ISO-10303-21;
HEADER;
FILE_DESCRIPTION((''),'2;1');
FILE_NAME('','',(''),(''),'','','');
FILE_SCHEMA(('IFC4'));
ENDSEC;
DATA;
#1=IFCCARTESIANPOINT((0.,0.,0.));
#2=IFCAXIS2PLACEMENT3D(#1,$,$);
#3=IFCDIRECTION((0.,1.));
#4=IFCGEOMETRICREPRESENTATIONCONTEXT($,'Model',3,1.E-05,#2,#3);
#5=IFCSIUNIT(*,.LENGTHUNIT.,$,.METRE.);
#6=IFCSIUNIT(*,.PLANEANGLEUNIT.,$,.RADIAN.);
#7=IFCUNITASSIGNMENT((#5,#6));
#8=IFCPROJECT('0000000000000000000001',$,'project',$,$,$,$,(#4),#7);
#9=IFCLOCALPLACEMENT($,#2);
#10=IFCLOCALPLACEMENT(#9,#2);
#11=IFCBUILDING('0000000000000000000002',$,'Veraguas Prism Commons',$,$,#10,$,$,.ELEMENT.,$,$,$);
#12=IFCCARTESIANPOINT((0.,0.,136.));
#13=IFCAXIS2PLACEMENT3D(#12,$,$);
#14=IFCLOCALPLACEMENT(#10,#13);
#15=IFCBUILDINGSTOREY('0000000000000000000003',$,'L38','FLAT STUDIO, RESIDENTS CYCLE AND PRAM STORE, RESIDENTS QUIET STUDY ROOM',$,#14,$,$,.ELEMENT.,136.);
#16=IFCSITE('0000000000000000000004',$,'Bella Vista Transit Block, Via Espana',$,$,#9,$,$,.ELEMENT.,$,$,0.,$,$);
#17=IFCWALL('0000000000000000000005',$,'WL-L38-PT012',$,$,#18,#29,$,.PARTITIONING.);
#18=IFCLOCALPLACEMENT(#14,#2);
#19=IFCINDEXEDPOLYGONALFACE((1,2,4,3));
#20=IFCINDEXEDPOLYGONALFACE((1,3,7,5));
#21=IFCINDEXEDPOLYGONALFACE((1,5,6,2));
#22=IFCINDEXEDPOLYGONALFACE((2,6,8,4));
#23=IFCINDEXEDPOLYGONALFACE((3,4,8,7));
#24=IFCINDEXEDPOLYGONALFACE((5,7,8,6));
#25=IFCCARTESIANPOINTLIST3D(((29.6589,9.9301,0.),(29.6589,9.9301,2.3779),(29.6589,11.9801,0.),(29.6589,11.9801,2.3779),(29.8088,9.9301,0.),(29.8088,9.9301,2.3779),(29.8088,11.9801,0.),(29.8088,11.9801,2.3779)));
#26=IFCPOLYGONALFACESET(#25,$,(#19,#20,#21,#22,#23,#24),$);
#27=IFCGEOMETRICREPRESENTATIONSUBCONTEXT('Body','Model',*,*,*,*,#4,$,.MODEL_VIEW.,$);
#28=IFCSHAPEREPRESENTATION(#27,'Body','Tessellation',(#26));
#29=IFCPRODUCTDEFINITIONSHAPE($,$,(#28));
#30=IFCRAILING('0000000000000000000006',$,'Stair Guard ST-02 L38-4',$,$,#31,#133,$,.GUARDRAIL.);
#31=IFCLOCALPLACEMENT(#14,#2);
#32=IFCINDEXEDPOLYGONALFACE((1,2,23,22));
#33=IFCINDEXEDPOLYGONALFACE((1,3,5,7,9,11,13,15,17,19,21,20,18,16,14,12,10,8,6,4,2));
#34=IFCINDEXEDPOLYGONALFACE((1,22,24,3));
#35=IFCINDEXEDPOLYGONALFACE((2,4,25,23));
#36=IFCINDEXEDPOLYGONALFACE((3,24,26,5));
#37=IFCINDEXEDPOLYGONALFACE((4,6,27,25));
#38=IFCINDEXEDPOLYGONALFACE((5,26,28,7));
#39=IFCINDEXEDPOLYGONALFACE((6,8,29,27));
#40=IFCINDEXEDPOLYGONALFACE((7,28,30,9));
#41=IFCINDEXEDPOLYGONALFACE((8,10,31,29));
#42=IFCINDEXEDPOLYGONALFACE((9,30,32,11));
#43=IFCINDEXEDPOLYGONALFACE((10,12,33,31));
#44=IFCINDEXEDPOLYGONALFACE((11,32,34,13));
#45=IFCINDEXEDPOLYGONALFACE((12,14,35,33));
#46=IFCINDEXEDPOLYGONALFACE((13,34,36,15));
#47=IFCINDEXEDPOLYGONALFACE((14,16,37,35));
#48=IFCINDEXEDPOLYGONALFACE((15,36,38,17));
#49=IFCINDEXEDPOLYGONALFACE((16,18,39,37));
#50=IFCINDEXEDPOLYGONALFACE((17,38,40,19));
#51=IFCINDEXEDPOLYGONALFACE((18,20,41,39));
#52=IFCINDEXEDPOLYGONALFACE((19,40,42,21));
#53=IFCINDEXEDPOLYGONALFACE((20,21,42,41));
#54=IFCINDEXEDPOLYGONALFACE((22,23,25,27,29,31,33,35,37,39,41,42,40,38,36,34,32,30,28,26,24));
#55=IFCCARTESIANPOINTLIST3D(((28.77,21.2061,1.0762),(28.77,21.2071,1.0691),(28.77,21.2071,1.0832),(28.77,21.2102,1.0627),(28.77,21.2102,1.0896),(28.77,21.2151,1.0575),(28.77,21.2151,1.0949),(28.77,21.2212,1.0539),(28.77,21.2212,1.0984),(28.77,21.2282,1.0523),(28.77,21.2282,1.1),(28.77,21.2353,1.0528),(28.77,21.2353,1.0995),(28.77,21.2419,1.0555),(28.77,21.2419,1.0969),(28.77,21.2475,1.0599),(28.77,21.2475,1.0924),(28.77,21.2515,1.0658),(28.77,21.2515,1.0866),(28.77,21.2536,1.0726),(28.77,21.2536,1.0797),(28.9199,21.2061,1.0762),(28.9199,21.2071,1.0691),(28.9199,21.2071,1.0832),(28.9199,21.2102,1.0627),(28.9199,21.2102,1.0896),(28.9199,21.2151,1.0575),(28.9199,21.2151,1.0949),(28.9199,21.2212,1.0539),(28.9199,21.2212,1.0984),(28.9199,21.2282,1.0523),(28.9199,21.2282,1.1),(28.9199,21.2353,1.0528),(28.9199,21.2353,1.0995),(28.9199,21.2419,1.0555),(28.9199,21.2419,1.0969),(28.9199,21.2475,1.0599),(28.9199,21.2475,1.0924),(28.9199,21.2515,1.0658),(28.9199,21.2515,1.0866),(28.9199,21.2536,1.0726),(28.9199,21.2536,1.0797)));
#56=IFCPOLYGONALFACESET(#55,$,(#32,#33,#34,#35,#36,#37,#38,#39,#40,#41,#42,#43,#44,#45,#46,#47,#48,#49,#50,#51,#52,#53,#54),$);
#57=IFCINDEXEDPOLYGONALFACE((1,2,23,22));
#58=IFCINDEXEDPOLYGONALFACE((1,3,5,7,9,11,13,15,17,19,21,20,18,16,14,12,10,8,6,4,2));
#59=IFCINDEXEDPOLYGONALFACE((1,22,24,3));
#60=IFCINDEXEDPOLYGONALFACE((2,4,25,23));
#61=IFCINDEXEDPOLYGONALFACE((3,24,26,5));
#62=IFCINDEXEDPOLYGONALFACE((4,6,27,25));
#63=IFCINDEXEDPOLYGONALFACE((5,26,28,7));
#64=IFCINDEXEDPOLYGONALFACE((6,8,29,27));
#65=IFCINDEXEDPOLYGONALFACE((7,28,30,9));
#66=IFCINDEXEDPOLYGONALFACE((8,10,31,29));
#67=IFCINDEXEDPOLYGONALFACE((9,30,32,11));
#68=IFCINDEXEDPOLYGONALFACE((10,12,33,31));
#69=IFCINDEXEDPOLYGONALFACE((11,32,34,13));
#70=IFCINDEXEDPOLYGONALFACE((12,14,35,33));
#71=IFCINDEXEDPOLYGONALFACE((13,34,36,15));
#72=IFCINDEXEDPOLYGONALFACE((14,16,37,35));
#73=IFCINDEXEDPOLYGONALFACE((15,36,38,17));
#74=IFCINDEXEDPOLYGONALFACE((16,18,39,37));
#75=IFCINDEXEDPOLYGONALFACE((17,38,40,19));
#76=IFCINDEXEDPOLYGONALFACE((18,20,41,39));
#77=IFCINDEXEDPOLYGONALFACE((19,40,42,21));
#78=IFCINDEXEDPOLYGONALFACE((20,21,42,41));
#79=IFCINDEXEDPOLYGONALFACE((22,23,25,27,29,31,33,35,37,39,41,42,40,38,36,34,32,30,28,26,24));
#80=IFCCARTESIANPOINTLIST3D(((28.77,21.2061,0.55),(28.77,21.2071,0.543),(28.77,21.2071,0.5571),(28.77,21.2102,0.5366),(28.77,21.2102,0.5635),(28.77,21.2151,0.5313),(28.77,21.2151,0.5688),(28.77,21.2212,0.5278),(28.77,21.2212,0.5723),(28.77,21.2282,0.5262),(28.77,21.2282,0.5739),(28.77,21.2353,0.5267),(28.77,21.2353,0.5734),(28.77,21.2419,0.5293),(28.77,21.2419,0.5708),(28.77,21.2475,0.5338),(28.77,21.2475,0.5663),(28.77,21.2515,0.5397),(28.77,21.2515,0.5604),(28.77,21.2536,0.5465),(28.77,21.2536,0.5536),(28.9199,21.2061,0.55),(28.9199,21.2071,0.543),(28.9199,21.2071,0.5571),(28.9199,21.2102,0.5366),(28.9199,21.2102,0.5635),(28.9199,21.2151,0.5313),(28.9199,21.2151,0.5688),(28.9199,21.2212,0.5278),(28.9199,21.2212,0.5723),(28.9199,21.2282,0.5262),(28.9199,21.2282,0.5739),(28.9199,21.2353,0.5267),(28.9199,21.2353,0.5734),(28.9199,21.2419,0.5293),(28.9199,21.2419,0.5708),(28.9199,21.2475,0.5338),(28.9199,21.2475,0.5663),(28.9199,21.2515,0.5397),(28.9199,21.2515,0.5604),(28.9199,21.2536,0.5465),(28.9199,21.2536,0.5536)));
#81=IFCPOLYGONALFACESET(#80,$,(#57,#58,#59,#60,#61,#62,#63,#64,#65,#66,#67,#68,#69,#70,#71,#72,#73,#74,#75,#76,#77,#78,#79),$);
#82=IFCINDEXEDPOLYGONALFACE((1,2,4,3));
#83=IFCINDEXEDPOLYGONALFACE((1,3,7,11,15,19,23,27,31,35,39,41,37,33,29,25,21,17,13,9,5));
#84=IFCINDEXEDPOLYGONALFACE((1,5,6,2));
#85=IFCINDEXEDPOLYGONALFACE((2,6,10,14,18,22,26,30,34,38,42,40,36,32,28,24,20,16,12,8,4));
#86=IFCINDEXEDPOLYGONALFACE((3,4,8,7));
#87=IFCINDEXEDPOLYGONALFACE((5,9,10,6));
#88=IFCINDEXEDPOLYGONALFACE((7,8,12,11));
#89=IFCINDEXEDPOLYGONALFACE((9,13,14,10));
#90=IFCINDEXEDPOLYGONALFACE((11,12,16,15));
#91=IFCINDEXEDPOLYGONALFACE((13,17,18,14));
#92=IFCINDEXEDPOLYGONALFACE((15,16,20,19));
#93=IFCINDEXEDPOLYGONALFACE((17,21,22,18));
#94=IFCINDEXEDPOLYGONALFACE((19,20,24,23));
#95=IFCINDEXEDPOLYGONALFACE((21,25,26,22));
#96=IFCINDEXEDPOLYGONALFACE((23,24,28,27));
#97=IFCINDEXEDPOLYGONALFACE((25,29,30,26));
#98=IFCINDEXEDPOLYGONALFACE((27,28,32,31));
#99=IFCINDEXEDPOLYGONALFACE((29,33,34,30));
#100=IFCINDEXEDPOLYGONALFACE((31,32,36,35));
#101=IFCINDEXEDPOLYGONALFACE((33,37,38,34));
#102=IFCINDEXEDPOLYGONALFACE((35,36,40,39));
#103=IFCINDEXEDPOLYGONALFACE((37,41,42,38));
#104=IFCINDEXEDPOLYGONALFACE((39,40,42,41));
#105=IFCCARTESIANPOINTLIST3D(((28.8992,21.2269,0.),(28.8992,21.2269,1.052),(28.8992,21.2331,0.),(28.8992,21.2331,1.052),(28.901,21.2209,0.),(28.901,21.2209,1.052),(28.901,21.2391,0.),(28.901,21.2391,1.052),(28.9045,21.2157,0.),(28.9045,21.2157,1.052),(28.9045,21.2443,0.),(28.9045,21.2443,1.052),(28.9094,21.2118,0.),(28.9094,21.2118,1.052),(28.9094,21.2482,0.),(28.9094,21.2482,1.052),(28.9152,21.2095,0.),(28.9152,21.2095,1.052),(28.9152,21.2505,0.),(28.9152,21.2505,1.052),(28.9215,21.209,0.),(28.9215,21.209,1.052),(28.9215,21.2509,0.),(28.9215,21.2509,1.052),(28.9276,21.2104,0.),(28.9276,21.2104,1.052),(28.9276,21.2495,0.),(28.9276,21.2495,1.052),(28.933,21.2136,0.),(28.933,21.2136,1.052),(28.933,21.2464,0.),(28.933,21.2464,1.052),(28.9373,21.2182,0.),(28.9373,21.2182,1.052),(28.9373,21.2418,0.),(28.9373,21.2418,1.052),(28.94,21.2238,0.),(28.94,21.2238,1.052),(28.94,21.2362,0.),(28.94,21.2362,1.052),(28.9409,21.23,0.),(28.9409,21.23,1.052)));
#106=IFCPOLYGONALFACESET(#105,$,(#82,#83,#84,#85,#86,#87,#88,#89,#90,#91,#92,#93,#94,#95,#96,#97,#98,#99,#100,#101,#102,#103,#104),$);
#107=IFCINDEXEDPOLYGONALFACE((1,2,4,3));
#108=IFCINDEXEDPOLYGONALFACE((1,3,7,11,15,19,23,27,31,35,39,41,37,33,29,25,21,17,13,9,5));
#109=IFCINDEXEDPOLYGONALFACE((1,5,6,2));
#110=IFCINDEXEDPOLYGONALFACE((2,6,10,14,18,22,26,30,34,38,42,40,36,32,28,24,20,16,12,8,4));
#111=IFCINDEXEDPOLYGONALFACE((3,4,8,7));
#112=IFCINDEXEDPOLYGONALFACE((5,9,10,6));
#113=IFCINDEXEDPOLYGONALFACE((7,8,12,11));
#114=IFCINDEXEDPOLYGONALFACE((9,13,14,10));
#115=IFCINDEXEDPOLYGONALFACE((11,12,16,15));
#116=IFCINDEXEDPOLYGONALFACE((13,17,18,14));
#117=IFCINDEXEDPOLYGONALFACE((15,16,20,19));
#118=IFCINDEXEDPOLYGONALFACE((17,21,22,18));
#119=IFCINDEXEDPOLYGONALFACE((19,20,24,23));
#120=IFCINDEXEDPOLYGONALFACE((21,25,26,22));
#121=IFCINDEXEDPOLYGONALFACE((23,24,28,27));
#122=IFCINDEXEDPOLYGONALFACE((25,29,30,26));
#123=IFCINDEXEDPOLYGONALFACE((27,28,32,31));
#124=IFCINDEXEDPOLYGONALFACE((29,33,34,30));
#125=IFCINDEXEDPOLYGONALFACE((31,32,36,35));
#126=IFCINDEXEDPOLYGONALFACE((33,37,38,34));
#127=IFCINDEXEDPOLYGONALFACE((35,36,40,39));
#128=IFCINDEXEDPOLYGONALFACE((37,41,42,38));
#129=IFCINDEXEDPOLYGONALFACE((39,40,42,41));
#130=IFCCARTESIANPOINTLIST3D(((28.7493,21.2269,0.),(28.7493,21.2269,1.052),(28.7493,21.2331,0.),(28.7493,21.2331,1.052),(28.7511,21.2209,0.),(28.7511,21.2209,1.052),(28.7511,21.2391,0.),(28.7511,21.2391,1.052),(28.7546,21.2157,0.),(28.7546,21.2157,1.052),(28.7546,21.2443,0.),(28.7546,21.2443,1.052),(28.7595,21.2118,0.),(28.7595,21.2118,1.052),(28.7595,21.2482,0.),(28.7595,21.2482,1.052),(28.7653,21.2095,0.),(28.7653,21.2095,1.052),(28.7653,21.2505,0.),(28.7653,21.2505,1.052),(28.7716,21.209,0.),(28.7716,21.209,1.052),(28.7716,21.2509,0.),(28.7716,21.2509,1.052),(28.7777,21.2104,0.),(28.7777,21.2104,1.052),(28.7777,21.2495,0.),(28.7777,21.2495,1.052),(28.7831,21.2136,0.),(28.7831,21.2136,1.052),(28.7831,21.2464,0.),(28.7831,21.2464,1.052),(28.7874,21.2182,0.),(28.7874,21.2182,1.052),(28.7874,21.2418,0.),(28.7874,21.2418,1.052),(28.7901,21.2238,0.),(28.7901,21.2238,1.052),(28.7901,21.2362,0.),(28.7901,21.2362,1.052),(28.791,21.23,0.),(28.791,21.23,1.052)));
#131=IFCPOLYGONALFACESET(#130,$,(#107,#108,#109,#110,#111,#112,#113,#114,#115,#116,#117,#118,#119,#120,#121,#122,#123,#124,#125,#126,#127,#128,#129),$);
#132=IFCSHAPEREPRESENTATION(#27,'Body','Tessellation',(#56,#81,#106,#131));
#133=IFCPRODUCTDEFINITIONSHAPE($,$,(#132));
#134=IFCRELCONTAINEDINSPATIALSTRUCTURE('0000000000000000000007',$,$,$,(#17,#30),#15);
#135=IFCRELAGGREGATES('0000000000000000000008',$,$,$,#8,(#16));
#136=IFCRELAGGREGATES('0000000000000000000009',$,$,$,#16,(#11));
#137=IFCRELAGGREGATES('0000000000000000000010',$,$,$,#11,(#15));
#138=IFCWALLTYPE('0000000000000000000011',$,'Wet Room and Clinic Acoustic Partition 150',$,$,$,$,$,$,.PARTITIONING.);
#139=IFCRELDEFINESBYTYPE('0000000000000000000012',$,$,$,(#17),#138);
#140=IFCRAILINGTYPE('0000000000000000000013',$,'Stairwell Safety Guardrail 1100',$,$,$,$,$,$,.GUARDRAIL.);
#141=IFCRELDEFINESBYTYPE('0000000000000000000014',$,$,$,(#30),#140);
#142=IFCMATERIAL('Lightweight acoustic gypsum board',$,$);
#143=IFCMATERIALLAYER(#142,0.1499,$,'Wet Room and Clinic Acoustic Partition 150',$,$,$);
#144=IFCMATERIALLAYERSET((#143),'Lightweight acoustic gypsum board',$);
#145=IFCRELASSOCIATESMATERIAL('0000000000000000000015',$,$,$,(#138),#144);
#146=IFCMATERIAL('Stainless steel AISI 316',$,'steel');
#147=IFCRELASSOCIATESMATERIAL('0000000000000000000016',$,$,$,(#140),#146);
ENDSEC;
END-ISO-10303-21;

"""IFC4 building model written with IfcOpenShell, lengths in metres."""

from ifc_helpers import new_model, si_unit, direction, frame, frame_2d, origin, origin_2d, place, context, subcontext, project, spatial, rectangle, circle, extrude, material, layer, layer_set, type_object, element, save


model = new_model("IFC4")

# Units and contexts
model_context = context("Model", 3, precision=1e-05, world=origin(), true_north=direction((0.0, 1.0)))
body_context = subcontext(model_context, "Body", "Model", "MODEL_VIEW")
ifc_project = project(units=[si_unit("LENGTHUNIT", "METRE"), si_unit("PLANEANGLEUNIT", "RADIAN")], contexts=[model_context])

# Site, building, storey
site_placement = place(None, origin())
site = spatial("IfcSite", under=ifc_project, at=site_placement, Name="Bella Vista Transit Block, Via Espana", CompositionType="ELEMENT", RefElevation=0.0)
building_placement = place(site_placement, origin())
building = spatial("IfcBuilding", under=site, at=building_placement, Name="Veraguas Prism Commons", CompositionType="ELEMENT")
storey_placement = place(building_placement, frame((0.0, 0.0, 136.0)))
storey = spatial("IfcBuildingStorey", under=building, at=storey_placement, Name="L38", Description="FLAT STUDIO, RESIDENTS CYCLE AND PRAM STORE, RESIDENTS QUIET STUDY ROOM", CompositionType="ELEMENT", Elevation=136.0)

# Shared definitions
ifc_material_1 = material(Name="Stainless steel AISI 316", Category="steel")

# Wall
ifc_material_2 = material(Name="Lightweight acoustic gypsum board")
ifc_layer_1 = layer(ifc_material_2, 0.1499, Name="Wet Room and Clinic Acoustic Partition 150")
ifc_layer_set_1 = layer_set([ifc_layer_1], Name="Lightweight acoustic gypsum board")
wall_type_1 = type_object("IfcWallType", Name="Wet Room and Clinic Acoustic Partition 150", PredefinedType="PARTITIONING", material=ifc_layer_set_1)
wall_1_placement = place(storey_placement, frame((29.7339, 11.98, 0.0), z_axis=(0.0, 0.0, 1.0), x_axis=(0.0, -1.0, 0.0)))
element("IfcWall", 1, at=wall_1_placement, inside=storey, type_object=wall_type_1, Name="WL-L38-PT012", PredefinedType="PARTITIONING", context=body_context, shape_type="SweptSolid", body=[
    extrude(rectangle(XDim=2.05, YDim=0.1499, at=frame_2d((1.0249, 0.0))), origin(), (0.0, 0.0, 1.0), 2.3779),
])

# Railing
railing_type = type_object("IfcRailingType", Name="Stairwell Safety Guardrail 1100", PredefinedType="GUARDRAIL", material=ifc_material_1)
railing_placement = place(storey_placement, frame((28.9199, 21.23, 0.0)))
element("IfcRailing", 2, at=railing_placement, inside=storey, type_object=railing_type, Name="Stair Guard ST-02 L38-4", PredefinedType="GUARDRAIL", context=body_context, shape_type="SweptSolid", body=[
    extrude(circle(Radius=0.0239, at=origin_2d()), frame((0.0, 0.0, 1.0762), z_axis=(-1.0, 0.0, 0.0), x_axis=(0.0, -1.0, 0.0)), (0.0, 0.0, 1.0), 0.1499),
    extrude(circle(Radius=0.0239, at=origin_2d()), frame((0.0, 0.0, 0.55), z_axis=(-1.0, 0.0, 0.0), x_axis=(0.0, -1.0, 0.0)), (0.0, 0.0, 1.0), 0.1499),
    extrude(circle(Radius=0.021, at=origin_2d()), origin(), (0.0, 0.0, 1.0), 1.052),
    extrude(circle(Radius=0.021, at=origin_2d()), frame((-0.1499, 0.0, 0.0)), (0.0, 0.0, 1.0), 1.052),
])

save(model, "model.ifc")
